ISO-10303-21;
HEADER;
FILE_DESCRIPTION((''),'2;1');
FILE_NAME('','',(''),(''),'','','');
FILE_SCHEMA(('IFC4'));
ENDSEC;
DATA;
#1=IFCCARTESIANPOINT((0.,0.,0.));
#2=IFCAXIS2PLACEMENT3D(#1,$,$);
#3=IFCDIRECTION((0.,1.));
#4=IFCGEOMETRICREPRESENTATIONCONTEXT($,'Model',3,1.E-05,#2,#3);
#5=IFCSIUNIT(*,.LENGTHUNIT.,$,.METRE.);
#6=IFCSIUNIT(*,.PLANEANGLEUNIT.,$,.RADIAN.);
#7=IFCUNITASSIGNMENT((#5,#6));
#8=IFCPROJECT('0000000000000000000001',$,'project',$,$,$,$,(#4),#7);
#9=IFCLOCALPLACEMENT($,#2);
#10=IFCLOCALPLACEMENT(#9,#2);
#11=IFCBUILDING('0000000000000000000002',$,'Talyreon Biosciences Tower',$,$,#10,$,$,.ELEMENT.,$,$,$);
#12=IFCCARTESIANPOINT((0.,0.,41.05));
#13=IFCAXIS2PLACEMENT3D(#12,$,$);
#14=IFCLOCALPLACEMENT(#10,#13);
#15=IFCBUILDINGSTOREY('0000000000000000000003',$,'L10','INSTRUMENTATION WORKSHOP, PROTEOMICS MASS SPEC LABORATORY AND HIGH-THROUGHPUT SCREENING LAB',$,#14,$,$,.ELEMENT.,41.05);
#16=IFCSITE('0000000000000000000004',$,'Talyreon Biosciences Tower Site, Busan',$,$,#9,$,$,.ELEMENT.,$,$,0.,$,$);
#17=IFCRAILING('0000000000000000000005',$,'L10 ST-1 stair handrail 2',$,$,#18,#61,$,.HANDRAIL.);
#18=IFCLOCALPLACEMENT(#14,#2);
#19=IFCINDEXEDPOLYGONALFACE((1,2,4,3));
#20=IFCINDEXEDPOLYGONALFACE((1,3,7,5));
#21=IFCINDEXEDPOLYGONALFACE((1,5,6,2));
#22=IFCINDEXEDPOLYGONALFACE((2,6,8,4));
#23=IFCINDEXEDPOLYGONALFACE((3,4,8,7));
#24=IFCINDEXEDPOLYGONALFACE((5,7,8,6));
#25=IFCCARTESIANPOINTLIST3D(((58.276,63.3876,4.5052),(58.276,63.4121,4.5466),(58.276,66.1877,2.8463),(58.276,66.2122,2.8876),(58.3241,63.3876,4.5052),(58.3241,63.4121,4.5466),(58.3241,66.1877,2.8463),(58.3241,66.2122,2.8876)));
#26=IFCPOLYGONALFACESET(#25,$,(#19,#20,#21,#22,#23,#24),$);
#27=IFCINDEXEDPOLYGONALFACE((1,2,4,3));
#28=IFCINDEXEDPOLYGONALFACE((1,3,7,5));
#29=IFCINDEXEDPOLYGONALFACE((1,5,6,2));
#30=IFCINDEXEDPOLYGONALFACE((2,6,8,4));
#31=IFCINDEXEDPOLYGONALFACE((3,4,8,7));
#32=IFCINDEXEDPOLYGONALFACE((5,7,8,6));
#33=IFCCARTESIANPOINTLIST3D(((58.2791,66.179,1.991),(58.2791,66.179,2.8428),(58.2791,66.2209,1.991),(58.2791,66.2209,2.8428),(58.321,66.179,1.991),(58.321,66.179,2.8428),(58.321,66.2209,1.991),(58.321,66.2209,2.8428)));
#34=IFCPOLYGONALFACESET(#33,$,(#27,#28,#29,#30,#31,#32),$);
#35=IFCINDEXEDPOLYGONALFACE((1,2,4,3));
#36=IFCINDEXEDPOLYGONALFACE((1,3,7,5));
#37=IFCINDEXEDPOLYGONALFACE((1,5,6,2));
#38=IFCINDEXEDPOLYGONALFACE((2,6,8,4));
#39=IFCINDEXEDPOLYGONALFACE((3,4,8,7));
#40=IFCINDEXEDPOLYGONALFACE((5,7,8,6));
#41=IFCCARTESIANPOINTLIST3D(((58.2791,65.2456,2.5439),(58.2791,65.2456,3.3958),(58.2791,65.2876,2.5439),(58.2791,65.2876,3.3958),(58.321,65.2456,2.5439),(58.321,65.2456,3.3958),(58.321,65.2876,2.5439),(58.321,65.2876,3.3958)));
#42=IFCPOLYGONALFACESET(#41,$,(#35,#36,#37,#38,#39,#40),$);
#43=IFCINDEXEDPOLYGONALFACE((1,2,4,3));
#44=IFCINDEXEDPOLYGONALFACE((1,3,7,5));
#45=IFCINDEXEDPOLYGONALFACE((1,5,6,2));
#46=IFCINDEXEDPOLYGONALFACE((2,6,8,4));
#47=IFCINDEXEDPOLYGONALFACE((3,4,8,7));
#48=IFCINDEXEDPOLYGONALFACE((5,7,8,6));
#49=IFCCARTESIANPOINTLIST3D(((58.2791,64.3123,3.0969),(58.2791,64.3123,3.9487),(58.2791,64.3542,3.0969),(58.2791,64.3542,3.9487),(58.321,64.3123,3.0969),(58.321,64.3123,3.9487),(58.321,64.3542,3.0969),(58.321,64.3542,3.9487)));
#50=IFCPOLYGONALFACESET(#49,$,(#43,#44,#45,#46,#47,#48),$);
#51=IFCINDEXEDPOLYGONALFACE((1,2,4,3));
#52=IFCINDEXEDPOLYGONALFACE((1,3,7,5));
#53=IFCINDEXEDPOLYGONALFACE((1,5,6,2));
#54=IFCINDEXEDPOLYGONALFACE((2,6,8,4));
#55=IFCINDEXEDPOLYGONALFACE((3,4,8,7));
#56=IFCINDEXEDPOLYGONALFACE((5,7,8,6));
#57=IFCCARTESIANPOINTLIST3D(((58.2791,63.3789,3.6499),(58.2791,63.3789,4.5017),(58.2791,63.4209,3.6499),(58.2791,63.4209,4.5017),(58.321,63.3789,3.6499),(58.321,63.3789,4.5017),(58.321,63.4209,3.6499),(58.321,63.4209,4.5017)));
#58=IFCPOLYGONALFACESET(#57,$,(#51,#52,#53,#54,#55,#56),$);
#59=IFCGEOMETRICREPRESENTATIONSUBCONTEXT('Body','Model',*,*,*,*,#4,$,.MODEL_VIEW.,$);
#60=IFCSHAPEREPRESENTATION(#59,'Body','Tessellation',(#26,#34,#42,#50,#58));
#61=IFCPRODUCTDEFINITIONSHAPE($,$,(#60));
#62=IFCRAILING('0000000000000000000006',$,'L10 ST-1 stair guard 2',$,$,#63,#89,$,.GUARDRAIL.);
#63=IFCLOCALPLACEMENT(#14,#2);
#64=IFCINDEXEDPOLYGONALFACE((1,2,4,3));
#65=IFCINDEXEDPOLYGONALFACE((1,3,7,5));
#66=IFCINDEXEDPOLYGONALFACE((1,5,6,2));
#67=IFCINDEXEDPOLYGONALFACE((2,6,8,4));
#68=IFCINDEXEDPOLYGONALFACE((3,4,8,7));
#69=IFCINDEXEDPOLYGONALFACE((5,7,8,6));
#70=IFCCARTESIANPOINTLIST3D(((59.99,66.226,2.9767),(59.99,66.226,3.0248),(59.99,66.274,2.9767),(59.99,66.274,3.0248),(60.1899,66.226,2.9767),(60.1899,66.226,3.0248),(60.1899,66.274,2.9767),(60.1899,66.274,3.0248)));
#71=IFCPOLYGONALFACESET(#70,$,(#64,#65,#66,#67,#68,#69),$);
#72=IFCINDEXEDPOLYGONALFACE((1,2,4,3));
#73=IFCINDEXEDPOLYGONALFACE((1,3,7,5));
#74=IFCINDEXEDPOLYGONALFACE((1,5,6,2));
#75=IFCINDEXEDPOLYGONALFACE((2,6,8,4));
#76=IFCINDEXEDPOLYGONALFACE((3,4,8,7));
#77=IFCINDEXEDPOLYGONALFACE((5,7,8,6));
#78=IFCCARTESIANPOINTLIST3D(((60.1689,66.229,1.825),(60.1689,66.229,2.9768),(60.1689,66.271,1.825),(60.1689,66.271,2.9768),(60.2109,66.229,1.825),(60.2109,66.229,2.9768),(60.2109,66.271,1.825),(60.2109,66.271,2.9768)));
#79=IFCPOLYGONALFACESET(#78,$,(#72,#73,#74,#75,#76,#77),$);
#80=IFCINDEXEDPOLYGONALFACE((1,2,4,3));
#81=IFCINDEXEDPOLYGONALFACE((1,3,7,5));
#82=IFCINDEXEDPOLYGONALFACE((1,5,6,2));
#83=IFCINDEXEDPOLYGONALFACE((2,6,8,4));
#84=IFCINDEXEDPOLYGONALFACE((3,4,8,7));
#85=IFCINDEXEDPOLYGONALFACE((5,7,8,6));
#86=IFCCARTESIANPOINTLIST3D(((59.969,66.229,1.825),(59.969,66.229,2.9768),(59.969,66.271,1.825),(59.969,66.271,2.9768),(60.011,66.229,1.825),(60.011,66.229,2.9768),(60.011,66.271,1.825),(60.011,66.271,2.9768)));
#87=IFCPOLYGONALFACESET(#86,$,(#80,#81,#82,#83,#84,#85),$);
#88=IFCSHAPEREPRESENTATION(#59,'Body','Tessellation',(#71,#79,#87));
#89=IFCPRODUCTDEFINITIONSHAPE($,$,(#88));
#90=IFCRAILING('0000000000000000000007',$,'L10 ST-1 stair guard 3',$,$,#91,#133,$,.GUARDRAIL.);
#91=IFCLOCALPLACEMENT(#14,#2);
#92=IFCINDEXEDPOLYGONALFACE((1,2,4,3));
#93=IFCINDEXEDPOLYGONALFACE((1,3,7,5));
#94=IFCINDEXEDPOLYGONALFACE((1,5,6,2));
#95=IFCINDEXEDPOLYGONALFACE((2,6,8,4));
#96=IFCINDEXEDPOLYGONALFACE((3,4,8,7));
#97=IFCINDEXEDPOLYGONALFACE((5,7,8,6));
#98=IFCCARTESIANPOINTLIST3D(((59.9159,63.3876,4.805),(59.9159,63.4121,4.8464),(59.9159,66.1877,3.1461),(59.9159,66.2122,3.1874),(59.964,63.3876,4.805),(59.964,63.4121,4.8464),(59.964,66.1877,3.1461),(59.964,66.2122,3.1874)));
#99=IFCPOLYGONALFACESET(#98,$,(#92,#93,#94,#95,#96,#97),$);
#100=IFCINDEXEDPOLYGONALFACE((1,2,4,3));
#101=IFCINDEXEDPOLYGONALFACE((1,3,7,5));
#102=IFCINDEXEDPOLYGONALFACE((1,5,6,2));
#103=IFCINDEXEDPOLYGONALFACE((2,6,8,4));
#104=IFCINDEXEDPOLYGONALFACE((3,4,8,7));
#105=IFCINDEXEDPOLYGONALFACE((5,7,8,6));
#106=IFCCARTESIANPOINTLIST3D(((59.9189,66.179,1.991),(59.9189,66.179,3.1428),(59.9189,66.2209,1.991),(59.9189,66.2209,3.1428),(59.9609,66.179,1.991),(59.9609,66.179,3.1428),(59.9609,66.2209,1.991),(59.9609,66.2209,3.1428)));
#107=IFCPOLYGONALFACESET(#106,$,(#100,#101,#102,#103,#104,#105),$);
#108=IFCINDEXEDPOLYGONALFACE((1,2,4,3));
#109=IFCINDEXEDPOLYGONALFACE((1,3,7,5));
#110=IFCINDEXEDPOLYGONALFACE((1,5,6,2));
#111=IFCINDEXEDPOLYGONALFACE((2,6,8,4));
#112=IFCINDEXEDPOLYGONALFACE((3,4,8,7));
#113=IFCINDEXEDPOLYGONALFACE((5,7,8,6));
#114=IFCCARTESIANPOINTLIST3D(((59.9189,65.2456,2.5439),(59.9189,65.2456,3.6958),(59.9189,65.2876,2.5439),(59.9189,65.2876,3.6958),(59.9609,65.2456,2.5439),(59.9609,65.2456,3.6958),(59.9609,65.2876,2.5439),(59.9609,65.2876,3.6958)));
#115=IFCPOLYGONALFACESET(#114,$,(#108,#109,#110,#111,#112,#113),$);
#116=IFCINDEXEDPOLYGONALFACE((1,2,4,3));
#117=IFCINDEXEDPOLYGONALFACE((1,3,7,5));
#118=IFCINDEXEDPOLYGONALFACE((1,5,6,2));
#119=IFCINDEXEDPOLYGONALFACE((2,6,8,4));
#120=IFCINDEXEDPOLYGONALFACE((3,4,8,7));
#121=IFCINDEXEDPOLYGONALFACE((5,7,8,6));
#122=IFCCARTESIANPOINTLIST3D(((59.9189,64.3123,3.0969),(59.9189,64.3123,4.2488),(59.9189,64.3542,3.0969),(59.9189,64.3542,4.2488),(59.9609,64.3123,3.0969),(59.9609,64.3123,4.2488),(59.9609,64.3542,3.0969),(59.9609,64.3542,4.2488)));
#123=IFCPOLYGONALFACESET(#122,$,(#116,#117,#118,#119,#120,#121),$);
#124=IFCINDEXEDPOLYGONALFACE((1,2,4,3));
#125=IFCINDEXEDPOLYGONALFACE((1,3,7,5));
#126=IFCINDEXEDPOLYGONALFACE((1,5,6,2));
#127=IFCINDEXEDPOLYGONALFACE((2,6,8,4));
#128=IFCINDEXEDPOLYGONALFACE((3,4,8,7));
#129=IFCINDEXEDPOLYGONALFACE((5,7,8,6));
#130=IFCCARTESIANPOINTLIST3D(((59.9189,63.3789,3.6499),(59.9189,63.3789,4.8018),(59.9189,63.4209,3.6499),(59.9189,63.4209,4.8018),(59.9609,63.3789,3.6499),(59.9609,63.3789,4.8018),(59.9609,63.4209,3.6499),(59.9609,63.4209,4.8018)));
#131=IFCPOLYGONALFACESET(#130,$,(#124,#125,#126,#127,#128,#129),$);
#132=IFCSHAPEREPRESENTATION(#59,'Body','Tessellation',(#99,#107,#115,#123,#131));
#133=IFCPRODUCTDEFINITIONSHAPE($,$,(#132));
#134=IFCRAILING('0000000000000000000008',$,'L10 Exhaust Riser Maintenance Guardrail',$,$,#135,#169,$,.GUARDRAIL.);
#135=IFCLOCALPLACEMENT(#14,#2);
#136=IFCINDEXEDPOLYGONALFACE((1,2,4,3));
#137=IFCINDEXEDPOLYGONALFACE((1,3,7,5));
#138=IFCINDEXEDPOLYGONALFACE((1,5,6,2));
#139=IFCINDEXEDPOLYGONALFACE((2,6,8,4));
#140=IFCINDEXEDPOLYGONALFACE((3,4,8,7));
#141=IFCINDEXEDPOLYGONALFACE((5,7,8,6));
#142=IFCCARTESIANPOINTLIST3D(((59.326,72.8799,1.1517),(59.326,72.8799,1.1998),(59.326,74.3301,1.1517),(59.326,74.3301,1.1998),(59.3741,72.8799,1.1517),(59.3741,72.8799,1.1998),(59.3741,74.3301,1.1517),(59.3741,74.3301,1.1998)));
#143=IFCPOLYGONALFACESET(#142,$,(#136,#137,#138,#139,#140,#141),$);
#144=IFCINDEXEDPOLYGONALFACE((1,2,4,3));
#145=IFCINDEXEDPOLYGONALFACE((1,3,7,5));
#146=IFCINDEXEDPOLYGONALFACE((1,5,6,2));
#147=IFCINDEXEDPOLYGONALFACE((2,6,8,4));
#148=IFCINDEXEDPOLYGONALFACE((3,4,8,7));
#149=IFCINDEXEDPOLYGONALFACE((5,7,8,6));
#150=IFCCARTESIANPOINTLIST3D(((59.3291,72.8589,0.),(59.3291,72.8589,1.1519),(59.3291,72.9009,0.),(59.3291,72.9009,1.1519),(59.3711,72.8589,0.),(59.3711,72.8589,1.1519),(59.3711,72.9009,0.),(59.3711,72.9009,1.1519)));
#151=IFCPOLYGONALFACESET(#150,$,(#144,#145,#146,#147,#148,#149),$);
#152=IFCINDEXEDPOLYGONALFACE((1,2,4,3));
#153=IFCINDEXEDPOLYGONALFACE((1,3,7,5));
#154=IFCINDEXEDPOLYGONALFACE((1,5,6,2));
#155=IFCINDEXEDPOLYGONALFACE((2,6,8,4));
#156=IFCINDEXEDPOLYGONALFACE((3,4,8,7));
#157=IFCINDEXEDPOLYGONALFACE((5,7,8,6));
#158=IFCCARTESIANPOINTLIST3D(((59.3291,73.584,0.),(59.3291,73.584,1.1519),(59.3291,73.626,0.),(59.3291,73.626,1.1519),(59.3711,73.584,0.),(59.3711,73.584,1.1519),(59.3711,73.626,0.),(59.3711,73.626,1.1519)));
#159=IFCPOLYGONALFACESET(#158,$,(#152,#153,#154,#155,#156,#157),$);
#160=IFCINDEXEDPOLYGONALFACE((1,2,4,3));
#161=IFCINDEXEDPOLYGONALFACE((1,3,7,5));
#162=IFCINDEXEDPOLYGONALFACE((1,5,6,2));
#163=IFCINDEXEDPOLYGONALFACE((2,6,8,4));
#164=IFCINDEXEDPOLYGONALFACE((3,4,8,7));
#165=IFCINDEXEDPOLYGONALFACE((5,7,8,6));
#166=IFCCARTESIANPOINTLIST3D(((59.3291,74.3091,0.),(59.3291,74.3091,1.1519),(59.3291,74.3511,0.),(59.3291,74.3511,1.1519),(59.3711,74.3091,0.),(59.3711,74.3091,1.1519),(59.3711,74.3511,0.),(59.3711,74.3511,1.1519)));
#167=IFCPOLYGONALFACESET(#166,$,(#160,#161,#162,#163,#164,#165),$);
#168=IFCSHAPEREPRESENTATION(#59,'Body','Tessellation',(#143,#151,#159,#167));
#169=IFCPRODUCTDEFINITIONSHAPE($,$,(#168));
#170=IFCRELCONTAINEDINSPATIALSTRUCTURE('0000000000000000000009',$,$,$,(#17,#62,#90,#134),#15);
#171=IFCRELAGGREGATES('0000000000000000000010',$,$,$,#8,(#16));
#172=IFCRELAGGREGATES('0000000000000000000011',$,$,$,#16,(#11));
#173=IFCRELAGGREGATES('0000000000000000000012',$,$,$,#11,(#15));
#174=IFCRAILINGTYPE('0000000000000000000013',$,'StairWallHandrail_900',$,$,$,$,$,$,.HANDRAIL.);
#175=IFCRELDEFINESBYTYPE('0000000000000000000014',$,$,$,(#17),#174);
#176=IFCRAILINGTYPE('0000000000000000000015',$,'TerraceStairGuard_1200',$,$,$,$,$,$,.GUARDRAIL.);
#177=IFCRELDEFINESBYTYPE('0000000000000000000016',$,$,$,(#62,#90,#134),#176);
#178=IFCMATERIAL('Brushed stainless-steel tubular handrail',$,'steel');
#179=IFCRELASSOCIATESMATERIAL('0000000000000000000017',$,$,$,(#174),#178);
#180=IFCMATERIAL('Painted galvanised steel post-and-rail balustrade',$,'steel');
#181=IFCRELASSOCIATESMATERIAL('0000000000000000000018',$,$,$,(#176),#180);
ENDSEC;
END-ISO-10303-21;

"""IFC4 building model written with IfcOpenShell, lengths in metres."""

from ifc_helpers import new_model, si_unit, direction, frame, origin, origin_2d, place, context, subcontext, project, spatial, rectangle, extrude, material, type_object, element, save


model = new_model("IFC4")

# Units and contexts
model_context = context("Model", 3, precision=1e-05, world=origin(), true_north=direction((0.0, 1.0)))
body_context = subcontext(model_context, "Body", "Model", "MODEL_VIEW")
ifc_project = project(units=[si_unit("LENGTHUNIT", "METRE"), si_unit("PLANEANGLEUNIT", "RADIAN")], contexts=[model_context])

# Site, building, storey
site_placement = place(None, origin())
site = spatial("IfcSite", under=ifc_project, at=site_placement, Name="Talyreon Biosciences Tower Site, Busan", CompositionType="ELEMENT", RefElevation=0.0)
building_placement = place(site_placement, origin())
building = spatial("IfcBuilding", under=site, at=building_placement, Name="Talyreon Biosciences Tower", CompositionType="ELEMENT")
storey_placement = place(building_placement, frame((0.0, 0.0, 41.05)))
storey = spatial("IfcBuildingStorey", under=building, at=storey_placement, Name="L10", Description="INSTRUMENTATION WORKSHOP, PROTEOMICS MASS SPEC LABORATORY AND HIGH-THROUGHPUT SCREENING LAB", CompositionType="ELEMENT", Elevation=41.05)

# Railings
ifc_material_1 = material(Name="Brushed stainless-steel tubular handrail", Category="steel")
railing_type_1 = type_object("IfcRailingType", Name="StairWallHandrail_900", PredefinedType="HANDRAIL", material=ifc_material_1)
railing_1_placement = place(storey_placement, frame((58.3, 66.2, 1.991)))
element("IfcRailing", 1, at=railing_1_placement, inside=storey, type_object=railing_type_1, Name="L10 ST-1 stair handrail 2", PredefinedType="HANDRAIL", context=body_context, shape_type="SweptSolid", body=[
    extrude(rectangle(XDim=0.0481, YDim=0.0481, at=origin_2d()), frame((0.0, 0.0, 0.876), z_axis=(0.0, -0.860339, 0.509722), x_axis=(1.0, 0.0, 0.0)), (0.0, 0.0, 1.0), 3.2546),
    extrude(rectangle(XDim=0.042, YDim=0.042, at=origin_2d()), origin(), (0.0, 0.0, 1.0), 0.8518),
    extrude(rectangle(XDim=0.042, YDim=0.042, at=origin_2d()), frame((0.0, -0.9333, 0.553)), (0.0, 0.0, 1.0), 0.8518),
    extrude(rectangle(XDim=0.042, YDim=0.042, at=origin_2d()), frame((0.0, -1.8667, 1.106)), (0.0, 0.0, 1.0), 0.8518),
    extrude(rectangle(XDim=0.042, YDim=0.042, at=origin_2d()), frame((0.0, -2.8, 1.6589)), (0.0, 0.0, 1.0), 0.8518),
])
ifc_material_2 = material(Name="Painted galvanised steel post-and-rail balustrade", Category="steel")
railing_type_2 = type_object("IfcRailingType", Name="TerraceStairGuard_1200", PredefinedType="GUARDRAIL", material=ifc_material_2)
railing_2_placement = place(storey_placement, frame((60.1899, 66.25, 1.825)))
element("IfcRailing", 2, at=railing_2_placement, inside=storey, type_object=railing_type_2, Name="L10 ST-1 stair guard 2", PredefinedType="GUARDRAIL", context=body_context, shape_type="SweptSolid", body=[
    extrude(rectangle(XDim=0.0481, YDim=0.0481, at=origin_2d()), frame((0.0, 0.0, 1.1758), z_axis=(-1.0, 0.0, 0.0), x_axis=(0.0, -1.0, 0.0)), (0.0, 0.0, 1.0), 0.2),
    extrude(rectangle(XDim=0.042, YDim=0.042, at=origin_2d()), origin(), (0.0, 0.0, 1.0), 1.1519),
    extrude(rectangle(XDim=0.042, YDim=0.042, at=origin_2d()), frame((-0.2, 0.0, 0.0)), (0.0, 0.0, 1.0), 1.1519),
])
railing_3_placement = place(storey_placement, frame((59.9399, 66.2, 1.991)))
element("IfcRailing", 3, at=railing_3_placement, inside=storey, type_object=railing_type_2, Name="L10 ST-1 stair guard 3", PredefinedType="GUARDRAIL", context=body_context, shape_type="SweptSolid", body=[
    extrude(rectangle(XDim=0.0481, YDim=0.0481, at=origin_2d()), frame((0.0, 0.0, 1.1758), z_axis=(0.0, -0.860339, 0.509722), x_axis=(1.0, 0.0, 0.0)), (0.0, 0.0, 1.0), 3.2546),
    extrude(rectangle(XDim=0.042, YDim=0.042, at=origin_2d()), origin(), (0.0, 0.0, 1.0), 1.1519),
    extrude(rectangle(XDim=0.042, YDim=0.042, at=origin_2d()), frame((0.0, -0.9333, 0.553)), (0.0, 0.0, 1.0), 1.1519),
    extrude(rectangle(XDim=0.042, YDim=0.042, at=origin_2d()), frame((0.0, -1.8667, 1.106)), (0.0, 0.0, 1.0), 1.1519),
    extrude(rectangle(XDim=0.042, YDim=0.042, at=origin_2d()), frame((0.0, -2.8, 1.6589)), (0.0, 0.0, 1.0), 1.1519),
])
railing_4_placement = place(storey_placement, frame((59.3501, 72.8799, 0.0)))
element("IfcRailing", 4, at=railing_4_placement, inside=storey, type_object=railing_type_2, Name="L10 Exhaust Riser Maintenance Guardrail", PredefinedType="GUARDRAIL", context=body_context, shape_type="SweptSolid", body=[
    extrude(rectangle(XDim=0.0481, YDim=0.0481, at=origin_2d()), frame((0.0, 0.0, 1.1758), z_axis=(0.0, 1.0, 0.0), x_axis=(-1.0, 0.0, 0.0)), (0.0, 0.0, 1.0), 1.4502),
    extrude(rectangle(XDim=0.042, YDim=0.042, at=origin_2d()), origin(), (0.0, 0.0, 1.0), 1.1519),
    extrude(rectangle(XDim=0.042, YDim=0.042, at=origin_2d()), frame((0.0, 0.7251, 0.0)), (0.0, 0.0, 1.0), 1.1519),
    extrude(rectangle(XDim=0.042, YDim=0.042, at=origin_2d()), frame((0.0, 1.4502, 0.0)), (0.0, 0.0, 1.0), 1.1519),
])

save(model, "model.ifc")
